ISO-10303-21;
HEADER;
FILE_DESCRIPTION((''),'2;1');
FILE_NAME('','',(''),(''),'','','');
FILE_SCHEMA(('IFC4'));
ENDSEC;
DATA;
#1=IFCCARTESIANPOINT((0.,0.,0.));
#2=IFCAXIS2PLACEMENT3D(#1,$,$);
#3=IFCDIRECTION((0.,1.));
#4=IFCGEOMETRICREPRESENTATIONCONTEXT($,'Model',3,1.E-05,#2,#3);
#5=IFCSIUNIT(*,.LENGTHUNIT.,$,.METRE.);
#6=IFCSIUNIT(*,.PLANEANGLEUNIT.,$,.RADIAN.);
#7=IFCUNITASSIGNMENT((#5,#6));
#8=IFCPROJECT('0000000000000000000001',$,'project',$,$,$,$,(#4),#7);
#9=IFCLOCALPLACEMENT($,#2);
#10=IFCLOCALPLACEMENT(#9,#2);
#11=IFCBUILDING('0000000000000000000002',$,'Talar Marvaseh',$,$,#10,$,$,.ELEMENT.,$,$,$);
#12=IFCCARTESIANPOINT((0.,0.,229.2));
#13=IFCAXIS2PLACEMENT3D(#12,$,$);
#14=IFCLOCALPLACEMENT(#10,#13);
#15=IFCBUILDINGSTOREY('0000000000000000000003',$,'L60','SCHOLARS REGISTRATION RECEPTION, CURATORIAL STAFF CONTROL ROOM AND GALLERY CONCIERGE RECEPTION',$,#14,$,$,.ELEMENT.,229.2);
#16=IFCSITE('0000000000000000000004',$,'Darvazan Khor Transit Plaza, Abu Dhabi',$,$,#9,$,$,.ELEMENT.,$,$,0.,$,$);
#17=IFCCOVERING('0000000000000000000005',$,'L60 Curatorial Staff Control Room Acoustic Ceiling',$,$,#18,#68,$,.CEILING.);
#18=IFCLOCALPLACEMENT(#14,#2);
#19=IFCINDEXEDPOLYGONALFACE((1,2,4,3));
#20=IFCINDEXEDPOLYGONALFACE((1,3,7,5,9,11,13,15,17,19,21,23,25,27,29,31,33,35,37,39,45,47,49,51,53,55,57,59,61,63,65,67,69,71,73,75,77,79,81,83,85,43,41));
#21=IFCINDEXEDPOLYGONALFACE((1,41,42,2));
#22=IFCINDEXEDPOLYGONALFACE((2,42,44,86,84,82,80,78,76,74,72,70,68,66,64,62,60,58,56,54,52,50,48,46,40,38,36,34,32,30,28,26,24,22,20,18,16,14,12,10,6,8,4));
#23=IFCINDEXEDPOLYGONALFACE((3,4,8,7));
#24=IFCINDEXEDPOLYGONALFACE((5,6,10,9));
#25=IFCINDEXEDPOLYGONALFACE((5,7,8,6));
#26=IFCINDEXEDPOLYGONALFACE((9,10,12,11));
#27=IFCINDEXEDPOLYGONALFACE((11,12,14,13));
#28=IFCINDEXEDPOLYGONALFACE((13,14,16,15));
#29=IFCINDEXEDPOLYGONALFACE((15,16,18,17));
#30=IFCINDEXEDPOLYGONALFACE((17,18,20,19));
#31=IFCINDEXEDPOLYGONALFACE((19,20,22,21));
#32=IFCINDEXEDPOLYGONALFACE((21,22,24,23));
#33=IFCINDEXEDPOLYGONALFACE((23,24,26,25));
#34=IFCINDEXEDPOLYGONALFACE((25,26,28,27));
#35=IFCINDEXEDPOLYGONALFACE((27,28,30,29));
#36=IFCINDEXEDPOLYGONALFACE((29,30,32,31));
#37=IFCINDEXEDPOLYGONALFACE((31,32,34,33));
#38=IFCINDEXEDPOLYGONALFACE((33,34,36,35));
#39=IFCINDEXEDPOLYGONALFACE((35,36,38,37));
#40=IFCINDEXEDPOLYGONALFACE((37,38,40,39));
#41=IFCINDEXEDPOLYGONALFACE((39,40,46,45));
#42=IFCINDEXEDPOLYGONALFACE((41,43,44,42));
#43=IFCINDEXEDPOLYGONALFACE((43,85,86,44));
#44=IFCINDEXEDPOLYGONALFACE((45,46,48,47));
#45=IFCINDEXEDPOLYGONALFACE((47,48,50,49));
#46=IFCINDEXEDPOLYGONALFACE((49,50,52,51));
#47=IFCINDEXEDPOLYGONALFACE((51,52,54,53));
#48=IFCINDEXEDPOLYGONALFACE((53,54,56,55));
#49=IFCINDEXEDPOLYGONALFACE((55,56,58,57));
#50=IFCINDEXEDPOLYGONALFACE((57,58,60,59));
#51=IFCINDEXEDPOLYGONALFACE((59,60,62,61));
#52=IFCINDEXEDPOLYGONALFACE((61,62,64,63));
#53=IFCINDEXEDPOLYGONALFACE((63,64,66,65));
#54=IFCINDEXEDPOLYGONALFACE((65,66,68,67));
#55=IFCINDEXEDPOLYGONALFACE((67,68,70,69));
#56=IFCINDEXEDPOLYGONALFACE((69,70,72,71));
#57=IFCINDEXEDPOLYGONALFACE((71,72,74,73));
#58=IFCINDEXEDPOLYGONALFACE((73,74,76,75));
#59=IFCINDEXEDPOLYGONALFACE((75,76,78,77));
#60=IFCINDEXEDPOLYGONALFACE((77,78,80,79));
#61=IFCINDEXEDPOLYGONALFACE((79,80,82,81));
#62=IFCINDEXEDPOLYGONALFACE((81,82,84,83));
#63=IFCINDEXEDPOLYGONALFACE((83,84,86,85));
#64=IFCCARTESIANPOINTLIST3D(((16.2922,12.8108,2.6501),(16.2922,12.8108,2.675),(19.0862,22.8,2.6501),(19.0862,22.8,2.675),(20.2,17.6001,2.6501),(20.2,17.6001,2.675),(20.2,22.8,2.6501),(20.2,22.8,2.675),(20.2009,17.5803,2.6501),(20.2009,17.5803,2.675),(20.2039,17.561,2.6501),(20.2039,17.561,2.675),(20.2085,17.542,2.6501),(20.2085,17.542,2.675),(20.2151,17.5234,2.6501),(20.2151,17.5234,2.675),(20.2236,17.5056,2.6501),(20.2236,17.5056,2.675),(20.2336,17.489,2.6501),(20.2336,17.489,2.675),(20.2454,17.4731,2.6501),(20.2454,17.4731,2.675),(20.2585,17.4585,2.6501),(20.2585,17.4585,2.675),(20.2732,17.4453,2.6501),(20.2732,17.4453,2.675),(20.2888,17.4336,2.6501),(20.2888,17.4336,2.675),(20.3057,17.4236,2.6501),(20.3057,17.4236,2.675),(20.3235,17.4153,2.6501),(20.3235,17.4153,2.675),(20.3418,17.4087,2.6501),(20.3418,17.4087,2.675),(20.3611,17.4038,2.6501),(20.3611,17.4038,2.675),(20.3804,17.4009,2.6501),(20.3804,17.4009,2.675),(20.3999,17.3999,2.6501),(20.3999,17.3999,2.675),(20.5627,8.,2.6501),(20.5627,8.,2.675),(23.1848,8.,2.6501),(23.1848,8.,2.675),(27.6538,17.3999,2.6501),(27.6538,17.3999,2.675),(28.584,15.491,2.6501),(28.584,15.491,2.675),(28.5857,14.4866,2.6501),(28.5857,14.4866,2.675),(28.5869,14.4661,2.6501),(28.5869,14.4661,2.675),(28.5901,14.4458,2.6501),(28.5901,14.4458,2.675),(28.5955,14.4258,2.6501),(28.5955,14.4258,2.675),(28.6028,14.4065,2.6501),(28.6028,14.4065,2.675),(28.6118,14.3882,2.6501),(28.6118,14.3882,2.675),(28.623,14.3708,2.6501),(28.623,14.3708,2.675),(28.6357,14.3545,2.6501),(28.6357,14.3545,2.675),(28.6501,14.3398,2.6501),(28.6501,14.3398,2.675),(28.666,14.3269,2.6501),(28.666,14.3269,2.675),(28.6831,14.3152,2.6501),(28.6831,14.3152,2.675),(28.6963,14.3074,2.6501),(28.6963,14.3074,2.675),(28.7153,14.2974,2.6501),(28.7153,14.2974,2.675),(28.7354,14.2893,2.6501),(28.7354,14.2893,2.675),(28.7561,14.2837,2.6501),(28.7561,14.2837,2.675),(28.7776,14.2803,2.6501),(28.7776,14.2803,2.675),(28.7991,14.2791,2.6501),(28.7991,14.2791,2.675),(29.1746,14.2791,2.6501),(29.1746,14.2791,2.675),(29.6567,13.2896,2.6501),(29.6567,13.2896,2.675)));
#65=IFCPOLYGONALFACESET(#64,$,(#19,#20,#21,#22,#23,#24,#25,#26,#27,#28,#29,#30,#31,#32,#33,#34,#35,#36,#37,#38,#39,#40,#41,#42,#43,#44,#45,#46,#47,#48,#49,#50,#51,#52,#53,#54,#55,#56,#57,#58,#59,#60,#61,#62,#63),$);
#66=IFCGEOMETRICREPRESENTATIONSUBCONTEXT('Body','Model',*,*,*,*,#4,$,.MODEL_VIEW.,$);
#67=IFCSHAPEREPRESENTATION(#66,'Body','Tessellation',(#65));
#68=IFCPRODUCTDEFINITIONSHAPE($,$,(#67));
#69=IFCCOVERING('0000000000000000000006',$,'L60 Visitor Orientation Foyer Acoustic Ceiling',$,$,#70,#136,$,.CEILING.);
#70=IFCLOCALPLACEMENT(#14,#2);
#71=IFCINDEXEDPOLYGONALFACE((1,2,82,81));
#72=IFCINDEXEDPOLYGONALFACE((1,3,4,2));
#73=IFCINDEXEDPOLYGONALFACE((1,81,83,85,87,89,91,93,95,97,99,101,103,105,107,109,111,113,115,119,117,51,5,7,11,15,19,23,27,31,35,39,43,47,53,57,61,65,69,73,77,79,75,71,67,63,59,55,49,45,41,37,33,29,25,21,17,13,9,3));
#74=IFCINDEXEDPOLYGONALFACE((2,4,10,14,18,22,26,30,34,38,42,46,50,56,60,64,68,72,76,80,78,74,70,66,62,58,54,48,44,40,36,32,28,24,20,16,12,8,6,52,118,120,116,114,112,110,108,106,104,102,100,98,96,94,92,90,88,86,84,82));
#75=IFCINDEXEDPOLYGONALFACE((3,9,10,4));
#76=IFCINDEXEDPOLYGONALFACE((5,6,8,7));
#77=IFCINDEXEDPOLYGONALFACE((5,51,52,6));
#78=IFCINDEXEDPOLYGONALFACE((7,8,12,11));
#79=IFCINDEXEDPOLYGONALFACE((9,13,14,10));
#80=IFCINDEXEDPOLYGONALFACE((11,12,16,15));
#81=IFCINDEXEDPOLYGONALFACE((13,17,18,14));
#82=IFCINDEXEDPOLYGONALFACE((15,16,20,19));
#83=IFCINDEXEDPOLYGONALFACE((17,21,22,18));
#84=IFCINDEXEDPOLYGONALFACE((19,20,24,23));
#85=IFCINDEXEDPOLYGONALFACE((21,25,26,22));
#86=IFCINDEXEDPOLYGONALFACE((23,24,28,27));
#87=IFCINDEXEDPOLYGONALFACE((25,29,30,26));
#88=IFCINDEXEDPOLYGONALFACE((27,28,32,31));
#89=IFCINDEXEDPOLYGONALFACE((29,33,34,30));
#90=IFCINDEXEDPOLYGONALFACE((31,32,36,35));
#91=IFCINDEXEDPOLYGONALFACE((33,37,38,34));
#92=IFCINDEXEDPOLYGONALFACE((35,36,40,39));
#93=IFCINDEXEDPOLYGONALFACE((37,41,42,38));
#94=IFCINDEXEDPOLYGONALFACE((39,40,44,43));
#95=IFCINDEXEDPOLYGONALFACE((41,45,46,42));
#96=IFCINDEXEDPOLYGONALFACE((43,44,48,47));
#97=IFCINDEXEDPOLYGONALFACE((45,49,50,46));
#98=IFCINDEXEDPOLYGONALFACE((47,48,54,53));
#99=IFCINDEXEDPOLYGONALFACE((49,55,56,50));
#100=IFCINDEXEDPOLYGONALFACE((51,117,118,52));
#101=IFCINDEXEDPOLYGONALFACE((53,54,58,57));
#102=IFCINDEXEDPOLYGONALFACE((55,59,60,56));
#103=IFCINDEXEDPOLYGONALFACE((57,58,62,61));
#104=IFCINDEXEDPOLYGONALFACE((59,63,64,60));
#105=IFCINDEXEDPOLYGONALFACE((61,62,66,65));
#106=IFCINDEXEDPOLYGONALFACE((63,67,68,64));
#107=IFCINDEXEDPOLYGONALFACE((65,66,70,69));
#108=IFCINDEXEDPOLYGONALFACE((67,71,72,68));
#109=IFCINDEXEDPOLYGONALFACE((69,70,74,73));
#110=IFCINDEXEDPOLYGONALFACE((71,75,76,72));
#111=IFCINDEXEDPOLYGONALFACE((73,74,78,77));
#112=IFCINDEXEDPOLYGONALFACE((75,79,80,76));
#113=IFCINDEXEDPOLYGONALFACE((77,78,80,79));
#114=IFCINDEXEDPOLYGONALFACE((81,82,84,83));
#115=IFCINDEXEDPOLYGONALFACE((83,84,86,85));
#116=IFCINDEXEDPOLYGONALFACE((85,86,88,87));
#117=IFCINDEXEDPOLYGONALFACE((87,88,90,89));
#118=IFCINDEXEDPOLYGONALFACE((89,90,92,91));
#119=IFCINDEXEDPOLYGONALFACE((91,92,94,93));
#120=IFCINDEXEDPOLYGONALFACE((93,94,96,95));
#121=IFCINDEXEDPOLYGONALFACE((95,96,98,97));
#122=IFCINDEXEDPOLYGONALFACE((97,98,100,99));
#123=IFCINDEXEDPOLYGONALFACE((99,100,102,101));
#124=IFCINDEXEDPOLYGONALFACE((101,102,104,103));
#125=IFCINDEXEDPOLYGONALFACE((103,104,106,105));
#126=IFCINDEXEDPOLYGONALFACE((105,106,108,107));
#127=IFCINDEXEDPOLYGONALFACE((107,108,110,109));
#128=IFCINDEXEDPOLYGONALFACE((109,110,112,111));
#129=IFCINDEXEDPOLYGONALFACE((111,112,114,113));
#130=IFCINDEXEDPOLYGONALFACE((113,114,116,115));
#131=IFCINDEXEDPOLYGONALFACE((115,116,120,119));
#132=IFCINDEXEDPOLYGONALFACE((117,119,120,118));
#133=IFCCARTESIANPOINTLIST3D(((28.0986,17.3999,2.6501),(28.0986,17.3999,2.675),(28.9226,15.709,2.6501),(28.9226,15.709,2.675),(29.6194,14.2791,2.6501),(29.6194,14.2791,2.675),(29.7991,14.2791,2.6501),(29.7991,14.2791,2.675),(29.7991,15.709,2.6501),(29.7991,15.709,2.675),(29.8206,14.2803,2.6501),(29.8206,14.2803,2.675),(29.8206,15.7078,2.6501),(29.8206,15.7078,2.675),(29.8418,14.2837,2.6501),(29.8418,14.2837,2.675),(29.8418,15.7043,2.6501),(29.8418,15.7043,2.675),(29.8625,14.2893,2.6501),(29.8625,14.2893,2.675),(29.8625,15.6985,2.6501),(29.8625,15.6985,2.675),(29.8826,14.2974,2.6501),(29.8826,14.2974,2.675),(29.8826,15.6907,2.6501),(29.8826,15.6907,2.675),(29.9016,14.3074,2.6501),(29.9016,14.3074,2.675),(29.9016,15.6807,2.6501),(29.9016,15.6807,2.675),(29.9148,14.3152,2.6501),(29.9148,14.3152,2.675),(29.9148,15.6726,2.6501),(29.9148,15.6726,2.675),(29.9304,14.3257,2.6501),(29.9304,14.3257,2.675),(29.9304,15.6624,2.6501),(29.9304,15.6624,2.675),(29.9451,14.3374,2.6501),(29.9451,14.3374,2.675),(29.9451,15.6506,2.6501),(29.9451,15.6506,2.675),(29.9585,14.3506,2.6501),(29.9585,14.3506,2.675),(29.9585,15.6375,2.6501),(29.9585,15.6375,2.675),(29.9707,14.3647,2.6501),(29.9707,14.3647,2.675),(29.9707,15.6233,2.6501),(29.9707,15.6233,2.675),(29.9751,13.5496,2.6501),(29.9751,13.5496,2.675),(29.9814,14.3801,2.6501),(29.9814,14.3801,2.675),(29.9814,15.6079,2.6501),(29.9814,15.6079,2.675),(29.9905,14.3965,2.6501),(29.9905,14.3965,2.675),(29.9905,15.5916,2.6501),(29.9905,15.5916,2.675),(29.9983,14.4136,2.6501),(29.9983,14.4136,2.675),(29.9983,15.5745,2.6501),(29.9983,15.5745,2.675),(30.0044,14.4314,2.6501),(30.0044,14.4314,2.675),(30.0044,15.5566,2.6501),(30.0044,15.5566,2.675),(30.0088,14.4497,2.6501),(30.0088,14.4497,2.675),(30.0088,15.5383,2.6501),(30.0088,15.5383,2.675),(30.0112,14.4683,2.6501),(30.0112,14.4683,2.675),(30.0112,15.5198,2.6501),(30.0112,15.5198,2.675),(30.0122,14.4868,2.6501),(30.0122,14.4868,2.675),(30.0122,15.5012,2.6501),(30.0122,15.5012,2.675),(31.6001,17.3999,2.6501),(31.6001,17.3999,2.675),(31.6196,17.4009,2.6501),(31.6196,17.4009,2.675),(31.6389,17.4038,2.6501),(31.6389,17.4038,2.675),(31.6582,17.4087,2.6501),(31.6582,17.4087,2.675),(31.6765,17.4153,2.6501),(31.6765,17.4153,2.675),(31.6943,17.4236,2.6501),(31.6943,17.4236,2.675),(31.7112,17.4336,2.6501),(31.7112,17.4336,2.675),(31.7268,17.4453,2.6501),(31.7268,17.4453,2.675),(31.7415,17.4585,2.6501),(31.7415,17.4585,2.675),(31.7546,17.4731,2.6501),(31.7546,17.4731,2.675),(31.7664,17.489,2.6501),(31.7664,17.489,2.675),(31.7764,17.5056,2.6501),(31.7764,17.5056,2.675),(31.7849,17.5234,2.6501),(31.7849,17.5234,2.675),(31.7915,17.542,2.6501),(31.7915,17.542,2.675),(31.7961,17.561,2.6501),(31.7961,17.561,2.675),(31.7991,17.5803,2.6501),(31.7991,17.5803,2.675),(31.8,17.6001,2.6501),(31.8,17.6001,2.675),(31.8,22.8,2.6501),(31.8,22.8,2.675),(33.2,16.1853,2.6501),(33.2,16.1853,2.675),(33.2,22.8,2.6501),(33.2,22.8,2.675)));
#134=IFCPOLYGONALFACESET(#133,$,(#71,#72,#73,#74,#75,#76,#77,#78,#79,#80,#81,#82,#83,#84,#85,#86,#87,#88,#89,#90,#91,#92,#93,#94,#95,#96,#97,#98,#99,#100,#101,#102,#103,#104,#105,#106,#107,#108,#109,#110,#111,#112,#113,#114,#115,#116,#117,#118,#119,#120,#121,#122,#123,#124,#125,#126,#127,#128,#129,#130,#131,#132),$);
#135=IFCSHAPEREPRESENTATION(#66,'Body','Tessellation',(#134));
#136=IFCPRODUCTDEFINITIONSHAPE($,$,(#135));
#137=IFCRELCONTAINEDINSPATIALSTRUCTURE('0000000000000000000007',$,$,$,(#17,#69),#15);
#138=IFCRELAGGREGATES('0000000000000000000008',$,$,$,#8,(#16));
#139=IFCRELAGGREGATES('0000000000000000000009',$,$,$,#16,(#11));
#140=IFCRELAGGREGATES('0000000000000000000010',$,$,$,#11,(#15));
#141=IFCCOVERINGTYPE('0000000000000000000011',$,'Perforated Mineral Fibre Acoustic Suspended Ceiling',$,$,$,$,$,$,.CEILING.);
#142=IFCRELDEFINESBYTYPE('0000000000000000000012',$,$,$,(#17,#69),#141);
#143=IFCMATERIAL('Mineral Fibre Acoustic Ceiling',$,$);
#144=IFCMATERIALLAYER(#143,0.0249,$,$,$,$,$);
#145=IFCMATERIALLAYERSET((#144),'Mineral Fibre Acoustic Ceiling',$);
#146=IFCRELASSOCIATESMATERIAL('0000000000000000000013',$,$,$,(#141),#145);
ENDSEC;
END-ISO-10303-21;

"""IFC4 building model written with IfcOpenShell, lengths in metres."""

from ifc_helpers import new_model, si_unit, direction, frame, origin, place, context, subcontext, project, spatial, polyline, outline, extrude, material, layer, layer_set, type_object, element, save


model = new_model("IFC4")

# Units and contexts
model_context = context("Model", 3, precision=1e-05, world=origin(), true_north=direction((0.0, 1.0)))
body_context = subcontext(model_context, "Body", "Model", "MODEL_VIEW")
ifc_project = project(units=[si_unit("LENGTHUNIT", "METRE"), si_unit("PLANEANGLEUNIT", "RADIAN")], contexts=[model_context])

# Site, building, storey
site_placement = place(None, origin())
site = spatial("IfcSite", under=ifc_project, at=site_placement, Name="Darvazan Khor Transit Plaza, Abu Dhabi", CompositionType="ELEMENT", RefElevation=0.0)
building_placement = place(site_placement, origin())
building = spatial("IfcBuilding", under=site, at=building_placement, Name="Talar Marvaseh", CompositionType="ELEMENT")
storey_placement = place(building_placement, frame((0.0, 0.0, 229.2)))
storey = spatial("IfcBuildingStorey", under=building, at=storey_placement, Name="L60", Description="SCHOLARS REGISTRATION RECEPTION, CURATORIAL STAFF CONTROL ROOM AND GALLERY CONCIERGE RECEPTION", CompositionType="ELEMENT", Elevation=229.2)

# Coverings
ifc_material_1 = material(Name="Mineral Fibre Acoustic Ceiling")
ifc_layer_1 = layer(ifc_material_1, 0.0249)
ifc_layer_set_1 = layer_set([ifc_layer_1], Name="Mineral Fibre Acoustic Ceiling")
covering_type_1 = type_object("IfcCoveringType", Name="Perforated Mineral Fibre Acoustic Suspended Ceiling", PredefinedType="CEILING", material=ifc_layer_set_1)
covering_1_placement = place(storey_placement, frame((0.0, 0.0, 2.6501)))
element("IfcCovering", 1, at=covering_1_placement, inside=storey, type_object=covering_type_1, Name="L60 Curatorial Staff Control Room Acoustic Ceiling", PredefinedType="CEILING", context=body_context, shape_type="SweptSolid", body=[
    extrude(outline(polyline([(19.0862, 22.8), (20.2, 22.8), (20.2, 17.6001), (20.2009, 17.5803), (20.2039, 17.561), (20.2085, 17.542), (20.2151, 17.5234), (20.2236, 17.5056), (20.2336, 17.489), (20.2454, 17.4731), (20.2585, 17.4585), (20.2732, 17.4453), (20.2888, 17.4336), (20.3057, 17.4236), (20.3235, 17.4153), (20.3418, 17.4087), (20.3611, 17.4038), (20.3804, 17.4009), (20.3999, 17.3999), (27.6538, 17.3999), (28.584, 15.491), (28.5857, 14.4866), (28.5869, 14.4661), (28.5901, 14.4458), (28.5955, 14.4258), (28.6028, 14.4065), (28.6118, 14.3882), (28.623, 14.3708), (28.6357, 14.3545), (28.6501, 14.3398), (28.666, 14.3269), (28.6831, 14.3152), (28.6963, 14.3074), (28.7153, 14.2974), (28.7354, 14.2893), (28.7561, 14.2837), (28.7776, 14.2803), (28.7991, 14.2791), (29.1746, 14.2791), (29.6567, 13.2896), (23.1848, 8.0), (20.5627, 8.0), (16.2922, 12.8108), (19.0862, 22.8)])), origin(), (0.0, 0.0, 1.0), 0.0249),
])
covering_2_placement = place(storey_placement, frame((0.0, 0.0, 2.6501)))
element("IfcCovering", 2, at=covering_2_placement, inside=storey, type_object=covering_type_1, Name="L60 Visitor Orientation Foyer Acoustic Ceiling", PredefinedType="CEILING", context=body_context, shape_type="SweptSolid", body=[
    extrude(outline(polyline([(29.7991, 14.2791), (29.8206, 14.2803), (29.8418, 14.2837), (29.8625, 14.2893), (29.8826, 14.2974), (29.9016, 14.3074), (29.9148, 14.3152), (29.9304, 14.3257), (29.9451, 14.3374), (29.9585, 14.3506), (29.9707, 14.3647), (29.9814, 14.3801), (29.9905, 14.3965), (29.9983, 14.4136), (30.0044, 14.4314), (30.0088, 14.4497), (30.0112, 14.4683), (30.0122, 14.4868), (30.0122, 15.5012), (30.0112, 15.5198), (30.0088, 15.5383), (30.0044, 15.5566), (29.9983, 15.5745), (29.9905, 15.5916), (29.9814, 15.6079), (29.9707, 15.6233), (29.9585, 15.6375), (29.9451, 15.6506), (29.9304, 15.6624), (29.9148, 15.6726), (29.9016, 15.6807), (29.8826, 15.6907), (29.8625, 15.6985), (29.8418, 15.7043), (29.8206, 15.7078), (29.7991, 15.709), (28.9226, 15.709), (28.0986, 17.3999), (31.6001, 17.3999), (31.6196, 17.4009), (31.6389, 17.4038), (31.6582, 17.4087), (31.6765, 17.4153), (31.6943, 17.4236), (31.7112, 17.4336), (31.7268, 17.4453), (31.7415, 17.4585), (31.7546, 17.4731), (31.7664, 17.489), (31.7764, 17.5056), (31.7849, 17.5234), (31.7915, 17.542), (31.7961, 17.561), (31.7991, 17.5803), (31.8, 17.6001), (31.8, 22.8), (33.2, 22.8), (33.2, 16.1853), (29.9751, 13.5496), (29.6194, 14.2791), (29.7991, 14.2791)])), origin(), (0.0, 0.0, 1.0), 0.0249),
])

save(model, "model.ifc")
